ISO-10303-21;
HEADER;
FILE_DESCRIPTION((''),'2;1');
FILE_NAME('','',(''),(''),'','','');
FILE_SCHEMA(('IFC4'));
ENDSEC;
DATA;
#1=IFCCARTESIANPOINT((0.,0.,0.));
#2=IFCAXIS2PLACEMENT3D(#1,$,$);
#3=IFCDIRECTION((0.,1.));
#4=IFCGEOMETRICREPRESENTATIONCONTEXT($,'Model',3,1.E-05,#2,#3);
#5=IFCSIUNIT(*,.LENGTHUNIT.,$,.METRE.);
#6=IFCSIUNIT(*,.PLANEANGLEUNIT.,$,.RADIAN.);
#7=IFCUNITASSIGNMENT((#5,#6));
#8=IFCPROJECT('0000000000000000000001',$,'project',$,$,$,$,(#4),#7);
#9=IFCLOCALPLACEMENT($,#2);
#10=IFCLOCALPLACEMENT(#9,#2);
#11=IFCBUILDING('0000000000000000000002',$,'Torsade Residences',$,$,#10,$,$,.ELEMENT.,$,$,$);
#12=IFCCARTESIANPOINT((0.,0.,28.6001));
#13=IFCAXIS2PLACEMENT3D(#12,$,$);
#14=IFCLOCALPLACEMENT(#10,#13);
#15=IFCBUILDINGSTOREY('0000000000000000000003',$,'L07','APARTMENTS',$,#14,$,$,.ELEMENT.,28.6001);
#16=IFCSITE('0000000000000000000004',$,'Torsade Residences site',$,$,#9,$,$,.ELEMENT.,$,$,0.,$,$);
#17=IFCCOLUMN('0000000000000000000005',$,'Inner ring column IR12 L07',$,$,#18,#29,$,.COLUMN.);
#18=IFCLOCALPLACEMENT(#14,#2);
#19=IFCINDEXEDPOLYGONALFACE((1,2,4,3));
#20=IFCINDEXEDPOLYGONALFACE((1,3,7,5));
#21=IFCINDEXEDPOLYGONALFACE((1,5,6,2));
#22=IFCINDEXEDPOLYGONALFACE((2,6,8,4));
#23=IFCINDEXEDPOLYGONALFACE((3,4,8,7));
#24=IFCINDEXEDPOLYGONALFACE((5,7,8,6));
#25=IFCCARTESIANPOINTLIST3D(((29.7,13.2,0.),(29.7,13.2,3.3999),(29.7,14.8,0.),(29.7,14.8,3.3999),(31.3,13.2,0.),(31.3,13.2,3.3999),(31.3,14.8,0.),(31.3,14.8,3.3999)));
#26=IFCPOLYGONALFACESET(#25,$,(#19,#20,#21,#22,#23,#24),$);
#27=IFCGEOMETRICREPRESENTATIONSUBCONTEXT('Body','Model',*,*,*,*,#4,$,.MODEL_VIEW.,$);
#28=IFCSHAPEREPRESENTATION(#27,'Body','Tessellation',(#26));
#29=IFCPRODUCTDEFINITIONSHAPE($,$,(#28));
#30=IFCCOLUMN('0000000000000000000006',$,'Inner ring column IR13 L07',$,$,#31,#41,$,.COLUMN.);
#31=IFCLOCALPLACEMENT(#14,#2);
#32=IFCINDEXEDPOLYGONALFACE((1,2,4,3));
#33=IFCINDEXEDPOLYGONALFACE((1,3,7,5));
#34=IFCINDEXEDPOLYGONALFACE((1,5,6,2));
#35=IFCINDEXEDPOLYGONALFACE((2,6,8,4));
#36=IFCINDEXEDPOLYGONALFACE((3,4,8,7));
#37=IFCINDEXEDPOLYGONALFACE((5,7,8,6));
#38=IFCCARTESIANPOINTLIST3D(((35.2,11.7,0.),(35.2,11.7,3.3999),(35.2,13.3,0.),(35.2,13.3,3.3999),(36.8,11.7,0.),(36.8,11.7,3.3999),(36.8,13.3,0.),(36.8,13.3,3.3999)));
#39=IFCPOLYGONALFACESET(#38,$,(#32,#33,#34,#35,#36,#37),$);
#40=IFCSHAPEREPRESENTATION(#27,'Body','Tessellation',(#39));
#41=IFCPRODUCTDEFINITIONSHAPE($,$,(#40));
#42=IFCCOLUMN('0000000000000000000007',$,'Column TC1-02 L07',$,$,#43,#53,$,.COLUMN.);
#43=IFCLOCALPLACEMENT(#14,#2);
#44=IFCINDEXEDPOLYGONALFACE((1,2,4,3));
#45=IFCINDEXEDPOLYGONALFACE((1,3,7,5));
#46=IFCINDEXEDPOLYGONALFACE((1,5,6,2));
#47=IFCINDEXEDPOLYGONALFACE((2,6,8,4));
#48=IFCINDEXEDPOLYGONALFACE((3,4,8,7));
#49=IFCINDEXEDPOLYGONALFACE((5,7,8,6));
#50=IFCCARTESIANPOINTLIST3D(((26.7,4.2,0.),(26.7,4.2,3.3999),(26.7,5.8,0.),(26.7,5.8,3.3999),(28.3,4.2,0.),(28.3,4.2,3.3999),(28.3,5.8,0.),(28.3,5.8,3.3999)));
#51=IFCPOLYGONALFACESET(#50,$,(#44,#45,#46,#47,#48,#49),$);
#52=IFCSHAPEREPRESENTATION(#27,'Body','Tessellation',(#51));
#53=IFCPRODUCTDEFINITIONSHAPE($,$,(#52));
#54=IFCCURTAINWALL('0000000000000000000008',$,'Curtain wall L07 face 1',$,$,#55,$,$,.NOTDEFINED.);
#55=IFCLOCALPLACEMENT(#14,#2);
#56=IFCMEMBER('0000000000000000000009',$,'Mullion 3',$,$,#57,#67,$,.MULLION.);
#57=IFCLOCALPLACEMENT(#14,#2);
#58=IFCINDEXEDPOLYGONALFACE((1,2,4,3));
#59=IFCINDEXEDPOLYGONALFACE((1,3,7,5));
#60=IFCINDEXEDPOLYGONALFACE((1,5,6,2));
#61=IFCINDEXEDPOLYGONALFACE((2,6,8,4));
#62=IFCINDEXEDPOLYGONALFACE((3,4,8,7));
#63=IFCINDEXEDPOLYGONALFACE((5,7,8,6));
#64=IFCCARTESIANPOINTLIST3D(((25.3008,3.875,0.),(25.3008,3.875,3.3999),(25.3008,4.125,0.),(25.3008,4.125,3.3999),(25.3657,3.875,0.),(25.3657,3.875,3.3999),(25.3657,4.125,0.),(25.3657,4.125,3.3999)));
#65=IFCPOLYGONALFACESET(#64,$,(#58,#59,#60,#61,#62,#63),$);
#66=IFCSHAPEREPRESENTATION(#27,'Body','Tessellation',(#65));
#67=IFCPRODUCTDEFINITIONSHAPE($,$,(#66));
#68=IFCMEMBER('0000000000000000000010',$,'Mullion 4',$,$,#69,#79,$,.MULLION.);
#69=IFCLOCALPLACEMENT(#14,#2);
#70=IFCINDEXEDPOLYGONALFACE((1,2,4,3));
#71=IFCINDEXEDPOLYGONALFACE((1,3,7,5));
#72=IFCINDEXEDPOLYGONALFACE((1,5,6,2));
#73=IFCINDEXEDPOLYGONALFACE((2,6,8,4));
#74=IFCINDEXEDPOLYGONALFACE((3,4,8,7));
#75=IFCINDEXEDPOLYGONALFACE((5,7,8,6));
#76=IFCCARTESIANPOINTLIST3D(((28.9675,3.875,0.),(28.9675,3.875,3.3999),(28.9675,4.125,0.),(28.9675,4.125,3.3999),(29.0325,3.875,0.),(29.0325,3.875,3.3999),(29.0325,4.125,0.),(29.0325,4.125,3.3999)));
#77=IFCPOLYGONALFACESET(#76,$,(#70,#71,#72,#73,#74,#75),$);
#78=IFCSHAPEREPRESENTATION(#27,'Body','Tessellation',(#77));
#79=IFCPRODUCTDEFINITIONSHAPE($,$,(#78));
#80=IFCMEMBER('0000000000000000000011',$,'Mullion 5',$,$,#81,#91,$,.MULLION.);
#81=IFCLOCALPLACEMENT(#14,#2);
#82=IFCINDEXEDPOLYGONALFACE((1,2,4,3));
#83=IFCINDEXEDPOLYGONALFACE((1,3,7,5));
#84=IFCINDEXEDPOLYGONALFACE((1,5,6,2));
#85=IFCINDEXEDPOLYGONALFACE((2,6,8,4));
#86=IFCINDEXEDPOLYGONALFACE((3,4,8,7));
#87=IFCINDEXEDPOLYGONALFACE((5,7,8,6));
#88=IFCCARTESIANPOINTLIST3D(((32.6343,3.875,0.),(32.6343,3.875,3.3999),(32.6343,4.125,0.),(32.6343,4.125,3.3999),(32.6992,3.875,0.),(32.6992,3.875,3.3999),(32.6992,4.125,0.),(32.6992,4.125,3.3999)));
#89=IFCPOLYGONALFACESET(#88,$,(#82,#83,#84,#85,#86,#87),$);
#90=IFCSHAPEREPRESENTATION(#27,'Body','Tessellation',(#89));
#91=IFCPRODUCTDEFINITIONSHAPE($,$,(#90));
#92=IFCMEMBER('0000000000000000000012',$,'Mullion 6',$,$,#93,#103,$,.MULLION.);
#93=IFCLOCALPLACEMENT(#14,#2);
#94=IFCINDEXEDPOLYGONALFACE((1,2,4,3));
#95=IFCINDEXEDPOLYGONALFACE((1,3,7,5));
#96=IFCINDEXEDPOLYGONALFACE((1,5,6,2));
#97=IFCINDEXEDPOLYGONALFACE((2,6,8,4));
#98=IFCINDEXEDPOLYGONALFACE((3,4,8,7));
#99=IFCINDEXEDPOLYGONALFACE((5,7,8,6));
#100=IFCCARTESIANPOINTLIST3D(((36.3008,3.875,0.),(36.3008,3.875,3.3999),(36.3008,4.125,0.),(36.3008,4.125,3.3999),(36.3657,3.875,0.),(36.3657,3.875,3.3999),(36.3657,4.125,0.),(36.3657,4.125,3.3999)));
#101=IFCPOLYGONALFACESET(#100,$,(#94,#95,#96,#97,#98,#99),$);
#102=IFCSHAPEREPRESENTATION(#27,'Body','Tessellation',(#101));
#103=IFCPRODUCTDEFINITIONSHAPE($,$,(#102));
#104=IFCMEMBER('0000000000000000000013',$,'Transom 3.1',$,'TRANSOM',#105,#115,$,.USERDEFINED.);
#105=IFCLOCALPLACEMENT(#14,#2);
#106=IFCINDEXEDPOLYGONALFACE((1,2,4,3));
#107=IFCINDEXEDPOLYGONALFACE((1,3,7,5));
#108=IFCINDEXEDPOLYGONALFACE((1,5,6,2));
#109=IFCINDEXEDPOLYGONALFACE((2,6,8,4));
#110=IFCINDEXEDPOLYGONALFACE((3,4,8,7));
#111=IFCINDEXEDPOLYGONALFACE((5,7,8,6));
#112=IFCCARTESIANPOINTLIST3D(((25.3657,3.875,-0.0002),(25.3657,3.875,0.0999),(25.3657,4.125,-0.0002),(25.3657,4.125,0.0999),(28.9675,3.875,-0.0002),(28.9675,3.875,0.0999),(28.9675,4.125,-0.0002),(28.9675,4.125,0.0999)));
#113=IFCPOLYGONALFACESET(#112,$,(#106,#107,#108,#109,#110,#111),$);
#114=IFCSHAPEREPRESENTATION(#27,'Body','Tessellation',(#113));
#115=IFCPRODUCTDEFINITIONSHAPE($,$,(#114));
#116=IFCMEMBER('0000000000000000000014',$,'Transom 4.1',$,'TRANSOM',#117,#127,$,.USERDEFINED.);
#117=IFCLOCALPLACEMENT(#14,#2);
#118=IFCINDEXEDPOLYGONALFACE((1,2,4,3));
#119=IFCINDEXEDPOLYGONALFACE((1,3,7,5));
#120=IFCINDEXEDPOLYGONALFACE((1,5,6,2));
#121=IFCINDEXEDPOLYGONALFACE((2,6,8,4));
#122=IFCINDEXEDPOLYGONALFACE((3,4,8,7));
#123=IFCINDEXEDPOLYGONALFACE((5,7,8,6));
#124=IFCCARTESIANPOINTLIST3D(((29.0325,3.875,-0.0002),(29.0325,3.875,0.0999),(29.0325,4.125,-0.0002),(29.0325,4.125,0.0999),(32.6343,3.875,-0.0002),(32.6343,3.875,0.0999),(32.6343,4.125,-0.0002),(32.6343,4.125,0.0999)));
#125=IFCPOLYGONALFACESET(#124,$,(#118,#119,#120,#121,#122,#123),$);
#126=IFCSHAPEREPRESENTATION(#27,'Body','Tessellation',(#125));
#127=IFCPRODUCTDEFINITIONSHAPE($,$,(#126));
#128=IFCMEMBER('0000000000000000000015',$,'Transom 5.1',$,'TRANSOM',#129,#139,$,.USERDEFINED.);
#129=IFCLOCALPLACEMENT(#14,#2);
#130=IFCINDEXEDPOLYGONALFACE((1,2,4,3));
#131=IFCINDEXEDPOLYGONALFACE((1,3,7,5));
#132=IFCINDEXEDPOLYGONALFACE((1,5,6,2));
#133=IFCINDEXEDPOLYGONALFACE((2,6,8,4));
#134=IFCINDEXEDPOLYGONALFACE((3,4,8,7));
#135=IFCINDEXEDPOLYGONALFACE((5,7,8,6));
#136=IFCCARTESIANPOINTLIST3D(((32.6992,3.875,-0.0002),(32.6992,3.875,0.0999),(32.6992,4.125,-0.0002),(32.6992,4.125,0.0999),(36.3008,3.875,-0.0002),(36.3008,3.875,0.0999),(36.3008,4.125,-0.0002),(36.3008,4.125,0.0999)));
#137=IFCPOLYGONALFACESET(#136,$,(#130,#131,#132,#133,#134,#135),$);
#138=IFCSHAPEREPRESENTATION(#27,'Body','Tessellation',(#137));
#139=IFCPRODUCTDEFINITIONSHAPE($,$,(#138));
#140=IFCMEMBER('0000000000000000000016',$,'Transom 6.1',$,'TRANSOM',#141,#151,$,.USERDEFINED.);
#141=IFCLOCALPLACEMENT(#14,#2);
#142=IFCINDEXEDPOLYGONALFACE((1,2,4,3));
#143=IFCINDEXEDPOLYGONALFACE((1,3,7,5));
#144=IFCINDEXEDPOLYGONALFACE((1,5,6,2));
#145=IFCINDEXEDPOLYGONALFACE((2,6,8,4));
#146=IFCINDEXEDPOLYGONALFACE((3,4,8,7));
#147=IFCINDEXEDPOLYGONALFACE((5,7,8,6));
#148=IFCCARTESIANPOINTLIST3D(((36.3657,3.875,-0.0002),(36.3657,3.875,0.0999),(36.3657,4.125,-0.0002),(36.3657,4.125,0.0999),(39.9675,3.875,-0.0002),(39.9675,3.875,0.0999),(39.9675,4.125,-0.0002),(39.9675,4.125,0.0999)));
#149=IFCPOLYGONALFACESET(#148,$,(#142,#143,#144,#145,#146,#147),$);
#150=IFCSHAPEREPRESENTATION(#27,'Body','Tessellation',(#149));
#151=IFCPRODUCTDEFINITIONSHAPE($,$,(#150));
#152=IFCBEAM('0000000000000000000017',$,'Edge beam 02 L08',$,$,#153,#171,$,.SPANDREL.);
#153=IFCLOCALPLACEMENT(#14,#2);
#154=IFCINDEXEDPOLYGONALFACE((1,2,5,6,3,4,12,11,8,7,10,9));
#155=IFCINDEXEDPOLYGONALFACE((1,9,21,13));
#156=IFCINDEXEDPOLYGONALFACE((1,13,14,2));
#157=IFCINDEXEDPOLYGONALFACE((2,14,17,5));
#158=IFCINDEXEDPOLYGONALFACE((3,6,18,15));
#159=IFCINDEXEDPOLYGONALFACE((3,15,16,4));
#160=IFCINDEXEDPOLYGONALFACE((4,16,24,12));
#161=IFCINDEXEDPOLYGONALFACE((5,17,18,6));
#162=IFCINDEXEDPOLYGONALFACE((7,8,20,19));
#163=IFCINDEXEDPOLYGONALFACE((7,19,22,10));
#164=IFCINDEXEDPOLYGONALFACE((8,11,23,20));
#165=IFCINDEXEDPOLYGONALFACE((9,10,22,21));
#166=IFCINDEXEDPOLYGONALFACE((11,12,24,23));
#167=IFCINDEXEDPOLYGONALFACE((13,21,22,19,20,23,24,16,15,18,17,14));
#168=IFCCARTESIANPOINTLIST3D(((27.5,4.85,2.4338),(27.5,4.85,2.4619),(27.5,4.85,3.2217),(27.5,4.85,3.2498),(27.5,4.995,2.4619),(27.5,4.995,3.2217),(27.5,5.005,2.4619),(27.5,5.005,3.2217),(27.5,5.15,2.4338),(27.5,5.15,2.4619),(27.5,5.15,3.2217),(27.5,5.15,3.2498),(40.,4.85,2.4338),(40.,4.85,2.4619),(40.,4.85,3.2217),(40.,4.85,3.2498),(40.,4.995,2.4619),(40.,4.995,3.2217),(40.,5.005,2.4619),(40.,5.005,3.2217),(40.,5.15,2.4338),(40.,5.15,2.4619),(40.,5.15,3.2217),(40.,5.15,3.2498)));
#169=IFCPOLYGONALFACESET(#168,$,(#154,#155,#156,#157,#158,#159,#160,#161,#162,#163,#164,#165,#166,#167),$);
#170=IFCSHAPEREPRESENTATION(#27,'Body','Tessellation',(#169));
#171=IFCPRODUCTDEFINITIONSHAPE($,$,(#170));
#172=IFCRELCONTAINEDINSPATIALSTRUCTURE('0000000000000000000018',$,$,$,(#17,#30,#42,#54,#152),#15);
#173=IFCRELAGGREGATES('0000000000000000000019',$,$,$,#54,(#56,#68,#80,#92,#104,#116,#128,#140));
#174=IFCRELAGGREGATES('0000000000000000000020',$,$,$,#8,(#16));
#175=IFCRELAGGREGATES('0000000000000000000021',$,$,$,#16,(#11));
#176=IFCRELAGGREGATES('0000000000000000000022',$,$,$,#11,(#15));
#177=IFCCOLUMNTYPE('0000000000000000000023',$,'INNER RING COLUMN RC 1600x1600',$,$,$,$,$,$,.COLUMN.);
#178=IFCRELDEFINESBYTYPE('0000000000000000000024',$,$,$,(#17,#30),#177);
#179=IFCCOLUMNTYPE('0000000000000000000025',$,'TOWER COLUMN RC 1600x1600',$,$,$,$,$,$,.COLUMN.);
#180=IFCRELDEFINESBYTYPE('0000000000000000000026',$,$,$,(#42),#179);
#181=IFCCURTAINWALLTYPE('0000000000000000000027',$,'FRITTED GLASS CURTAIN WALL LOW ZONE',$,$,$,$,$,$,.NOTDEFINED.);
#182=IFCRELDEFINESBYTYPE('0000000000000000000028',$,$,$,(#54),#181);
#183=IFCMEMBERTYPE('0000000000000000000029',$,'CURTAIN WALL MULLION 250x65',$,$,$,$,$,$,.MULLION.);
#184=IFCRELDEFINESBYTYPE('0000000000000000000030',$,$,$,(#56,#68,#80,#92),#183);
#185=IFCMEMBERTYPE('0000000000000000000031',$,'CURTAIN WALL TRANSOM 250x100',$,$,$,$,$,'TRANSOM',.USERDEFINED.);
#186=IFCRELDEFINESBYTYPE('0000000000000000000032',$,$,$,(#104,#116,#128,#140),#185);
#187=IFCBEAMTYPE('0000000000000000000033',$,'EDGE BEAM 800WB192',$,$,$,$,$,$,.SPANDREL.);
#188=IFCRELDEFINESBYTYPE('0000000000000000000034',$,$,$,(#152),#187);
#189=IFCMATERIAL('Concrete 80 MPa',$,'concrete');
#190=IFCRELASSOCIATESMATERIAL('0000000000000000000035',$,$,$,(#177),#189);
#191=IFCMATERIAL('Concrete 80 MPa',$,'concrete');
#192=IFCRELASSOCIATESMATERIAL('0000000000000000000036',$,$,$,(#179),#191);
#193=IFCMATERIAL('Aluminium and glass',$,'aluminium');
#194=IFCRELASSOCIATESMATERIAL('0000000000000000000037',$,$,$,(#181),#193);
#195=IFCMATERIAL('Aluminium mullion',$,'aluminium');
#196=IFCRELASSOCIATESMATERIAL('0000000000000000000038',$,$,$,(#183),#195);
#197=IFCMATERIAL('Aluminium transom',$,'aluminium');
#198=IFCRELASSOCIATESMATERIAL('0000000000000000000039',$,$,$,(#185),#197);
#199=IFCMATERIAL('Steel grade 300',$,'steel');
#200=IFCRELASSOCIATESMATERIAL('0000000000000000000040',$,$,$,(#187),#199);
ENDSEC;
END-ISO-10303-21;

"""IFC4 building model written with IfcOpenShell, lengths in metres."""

from ifc_helpers import new_model, si_unit, direction, frame, origin, origin_2d, place, context, subcontext, project, spatial, rectangle, i_section, extrude, material, material_profile, profile_set, type_object, element, aggregate, save


model = new_model("IFC4")

# Units and contexts
model_context = context("Model", 3, precision=1e-05, world=origin(), true_north=direction((0.0, 1.0)))
body_context = subcontext(model_context, "Body", "Model", "MODEL_VIEW")
ifc_project = project(units=[si_unit("LENGTHUNIT", "METRE"), si_unit("PLANEANGLEUNIT", "RADIAN")], contexts=[model_context])

# Site, building, storey
site_placement = place(None, origin())
site = spatial("IfcSite", under=ifc_project, at=site_placement, Name="Torsade Residences site", CompositionType="ELEMENT", RefElevation=0.0)
building_placement = place(site_placement, origin())
building = spatial("IfcBuilding", under=site, at=building_placement, Name="Torsade Residences", CompositionType="ELEMENT")
storey_placement = place(building_placement, frame((0.0, 0.0, 28.6001)))
storey = spatial("IfcBuildingStorey", under=building, at=storey_placement, Name="L07", Description="APARTMENTS", CompositionType="ELEMENT", Elevation=28.6001)

# Columns
ifc_material_1 = material(Name="Concrete 80 MPa", Category="concrete")
ifc_material_profile_1 = material_profile(ifc_material_1, rectangle(XDim=1.6001, YDim=1.6001, at=origin_2d()), Name="RC 1600x1600")
ifc_profile_set_1 = profile_set([ifc_material_profile_1], Name="Concrete 80 MPa")
column_type_1 = type_object("IfcColumnType", Name="INNER RING COLUMN RC 1600x1600", PredefinedType="COLUMN", material=ifc_profile_set_1)
for number, where, z_axis, x_axis, name in (
    (1, (30.5, 14.0, 0.0), (0.0, 0.0, 1.0), (1.0, 0.0, 0.0), "Inner ring column IR12 L07"),
    (2, (36.0, 12.5, 0.0), (0.0, 0.0, 1.0), (1.0, 0.0, 0.0), "Inner ring column IR13 L07"),
):
    element("IfcColumn", number, at=place(storey_placement, frame(where, z_axis=z_axis, x_axis=x_axis)), inside=storey, type_object=column_type_1, Name=name, PredefinedType="COLUMN", context=body_context, shape_type="SweptSolid", body=[
        extrude(rectangle(XDim=1.6001, YDim=1.6001, at=origin_2d()), origin(), (0.0, 0.0, 1.0), 3.3999),
    ])
ifc_material_2 = material(Name="Concrete 80 MPa", Category="concrete")
ifc_material_profile_2 = material_profile(ifc_material_2, rectangle(XDim=1.6001, YDim=1.6001, at=origin_2d()), Name="RC 1600x1600")
ifc_profile_set_2 = profile_set([ifc_material_profile_2], Name="Concrete 80 MPa")
column_type_2 = type_object("IfcColumnType", Name="TOWER COLUMN RC 1600x1600", PredefinedType="COLUMN", material=ifc_profile_set_2)
column_placement = place(storey_placement, frame((27.5, 5.0, 0.0), z_axis=(0.0, 0.0, 1.0), x_axis=(1.0, 0.0, 0.0)))
element("IfcColumn", 3, at=column_placement, inside=storey, type_object=column_type_2, Name="Column TC1-02 L07", PredefinedType="COLUMN", context=body_context, shape_type="SweptSolid", body=[
    extrude(rectangle(XDim=1.6001, YDim=1.6001, at=origin_2d()), origin(), (0.0, 0.0, 1.0), 3.3999),
])

# Curtain wall, members
ifc_material_3 = material(Name="Aluminium and glass", Category="aluminium")
curtain_wall_type = type_object("IfcCurtainWallType", Name="FRITTED GLASS CURTAIN WALL LOW ZONE", PredefinedType="NOTDEFINED", material=ifc_material_3)
curtain_wall_placement = place(storey_placement, origin())
curtain_wall = element("IfcCurtainWall", 4, at=curtain_wall_placement, inside=storey, type_object=curtain_wall_type, Name="Curtain wall L07 face 1", PredefinedType="NOTDEFINED")
ifc_material_4 = material(Name="Aluminium mullion", Category="aluminium")
ifc_material_profile_3 = material_profile(ifc_material_4, rectangle(XDim=0.25, YDim=0.0649, at=origin_2d()), Name="CURTAIN WALL MULLION 250x65")
ifc_profile_set_3 = profile_set([ifc_material_profile_3], Name="Aluminium mullion")
member_type_1 = type_object("IfcMemberType", Name="CURTAIN WALL MULLION 250x65", PredefinedType="MULLION", material=ifc_profile_set_3)
member_1_placement = place(storey_placement, frame((25.3333, 4.0, 0.0), z_axis=(0.0, 0.0, 1.0), x_axis=(0.0, 1.0, 0.0)))
member_1 = element("IfcMember", 5, at=member_1_placement, type_object=member_type_1, Name="Mullion 3", PredefinedType="MULLION", context=body_context, shape_type="SweptSolid", body=[
    extrude(rectangle(XDim=0.25, YDim=0.0649, at=origin_2d()), origin(), (0.0, 0.0, 1.0), 3.3999),
])
member_2_placement = place(storey_placement, frame((29.0, 4.0, 0.0), z_axis=(0.0, 0.0, 1.0), x_axis=(0.0, 1.0, 0.0)))
member_2 = element("IfcMember", 6, at=member_2_placement, type_object=member_type_1, Name="Mullion 4", PredefinedType="MULLION", context=body_context, shape_type="SweptSolid", body=[
    extrude(rectangle(XDim=0.25, YDim=0.0649, at=origin_2d()), origin(), (0.0, 0.0, 1.0), 3.3999),
])
member_3_placement = place(storey_placement, frame((32.6667, 4.0, 0.0), z_axis=(0.0, 0.0, 1.0), x_axis=(0.0, 1.0, 0.0)))
member_3 = element("IfcMember", 7, at=member_3_placement, type_object=member_type_1, Name="Mullion 5", PredefinedType="MULLION", context=body_context, shape_type="SweptSolid", body=[
    extrude(rectangle(XDim=0.25, YDim=0.0649, at=origin_2d()), origin(), (0.0, 0.0, 1.0), 3.3999),
])
member_4_placement = place(storey_placement, frame((36.3333, 4.0, 0.0), z_axis=(0.0, 0.0, 1.0), x_axis=(0.0, 1.0, 0.0)))
member_4 = element("IfcMember", 8, at=member_4_placement, type_object=member_type_1, Name="Mullion 6", PredefinedType="MULLION", context=body_context, shape_type="SweptSolid", body=[
    extrude(rectangle(XDim=0.25, YDim=0.0649, at=origin_2d()), origin(), (0.0, 0.0, 1.0), 3.3999),
])
ifc_material_5 = material(Name="Aluminium transom", Category="aluminium")
ifc_material_profile_4 = material_profile(ifc_material_5, rectangle(XDim=0.25, YDim=0.1001, at=origin_2d()), Name="CURTAIN WALL TRANSOM 250x100")
ifc_profile_set_4 = profile_set([ifc_material_profile_4], Name="Aluminium transom")
member_type_2 = type_object("IfcMemberType", Name="CURTAIN WALL TRANSOM 250x100", ElementType="TRANSOM", PredefinedType="USERDEFINED", material=ifc_profile_set_4)
member_5_placement = place(storey_placement, frame((25.3657, 4.0, 0.0498), z_axis=(1.0, 0.0, 0.0), x_axis=(0.0, 1.0, 0.0)))
member_5 = element("IfcMember", 9, at=member_5_placement, type_object=member_type_2, Name="Transom 3.1", ObjectType="TRANSOM", PredefinedType="USERDEFINED", context=body_context, shape_type="SweptSolid", body=[
    extrude(rectangle(XDim=0.25, YDim=0.1001, at=origin_2d()), origin(), (0.0, 0.0, 1.0), 3.6018),
])
member_6_placement = place(storey_placement, frame((29.0325, 4.0, 0.0498), z_axis=(1.0, 0.0, 0.0), x_axis=(0.0, 1.0, 0.0)))
member_6 = element("IfcMember", 10, at=member_6_placement, type_object=member_type_2, Name="Transom 4.1", ObjectType="TRANSOM", PredefinedType="USERDEFINED", context=body_context, shape_type="SweptSolid", body=[
    extrude(rectangle(XDim=0.25, YDim=0.1001, at=origin_2d()), origin(), (0.0, 0.0, 1.0), 3.6018),
])
member_7_placement = place(storey_placement, frame((32.6992, 4.0, 0.0498), z_axis=(1.0, 0.0, 0.0), x_axis=(0.0, 1.0, 0.0)))
member_7 = element("IfcMember", 11, at=member_7_placement, type_object=member_type_2, Name="Transom 5.1", ObjectType="TRANSOM", PredefinedType="USERDEFINED", context=body_context, shape_type="SweptSolid", body=[
    extrude(rectangle(XDim=0.25, YDim=0.1001, at=origin_2d()), origin(), (0.0, 0.0, 1.0), 3.6016),
])
member_8_placement = place(storey_placement, frame((36.3657, 4.0, 0.0498), z_axis=(1.0, 0.0, 0.0), x_axis=(0.0, 1.0, 0.0)))
member_8 = element("IfcMember", 12, at=member_8_placement, type_object=member_type_2, Name="Transom 6.1", ObjectType="TRANSOM", PredefinedType="USERDEFINED", context=body_context, shape_type="SweptSolid", body=[
    extrude(rectangle(XDim=0.25, YDim=0.1001, at=origin_2d()), origin(), (0.0, 0.0, 1.0), 3.6018),
])

# Beam
ifc_material_6 = material(Name="Steel grade 300", Category="steel")
ifc_material_profile_5 = material_profile(ifc_material_6, i_section(OverallWidth=0.3, OverallDepth=0.8159, WebThickness=0.01, FlangeThickness=0.0281, at=origin_2d()), Name="800WB192")
ifc_profile_set_5 = profile_set([ifc_material_profile_5], Name="Steel grade 300")
beam_type_1 = type_object("IfcBeamType", Name="EDGE BEAM 800WB192", PredefinedType="SPANDREL", material=ifc_profile_set_5)
beam_1_placement = place(storey_placement, frame((27.5, 5.0, 2.8418), z_axis=(1.0, 0.0, 0.0), x_axis=(0.0, 1.0, 0.0)))
element("IfcBeam", 13, at=beam_1_placement, inside=storey, type_object=beam_type_1, Name="Edge beam 02 L08", PredefinedType="SPANDREL", context=body_context, shape_type="SweptSolid", body=[
    extrude(i_section(OverallWidth=0.3, OverallDepth=0.8159, WebThickness=0.01, FlangeThickness=0.0281, at=origin_2d()), origin(), (0.0, 0.0, 1.0), 12.5),
])

aggregate(curtain_wall, [member_1, member_2, member_3, member_4, member_5, member_6, member_7, member_8])

save(model, "model.ifc")
